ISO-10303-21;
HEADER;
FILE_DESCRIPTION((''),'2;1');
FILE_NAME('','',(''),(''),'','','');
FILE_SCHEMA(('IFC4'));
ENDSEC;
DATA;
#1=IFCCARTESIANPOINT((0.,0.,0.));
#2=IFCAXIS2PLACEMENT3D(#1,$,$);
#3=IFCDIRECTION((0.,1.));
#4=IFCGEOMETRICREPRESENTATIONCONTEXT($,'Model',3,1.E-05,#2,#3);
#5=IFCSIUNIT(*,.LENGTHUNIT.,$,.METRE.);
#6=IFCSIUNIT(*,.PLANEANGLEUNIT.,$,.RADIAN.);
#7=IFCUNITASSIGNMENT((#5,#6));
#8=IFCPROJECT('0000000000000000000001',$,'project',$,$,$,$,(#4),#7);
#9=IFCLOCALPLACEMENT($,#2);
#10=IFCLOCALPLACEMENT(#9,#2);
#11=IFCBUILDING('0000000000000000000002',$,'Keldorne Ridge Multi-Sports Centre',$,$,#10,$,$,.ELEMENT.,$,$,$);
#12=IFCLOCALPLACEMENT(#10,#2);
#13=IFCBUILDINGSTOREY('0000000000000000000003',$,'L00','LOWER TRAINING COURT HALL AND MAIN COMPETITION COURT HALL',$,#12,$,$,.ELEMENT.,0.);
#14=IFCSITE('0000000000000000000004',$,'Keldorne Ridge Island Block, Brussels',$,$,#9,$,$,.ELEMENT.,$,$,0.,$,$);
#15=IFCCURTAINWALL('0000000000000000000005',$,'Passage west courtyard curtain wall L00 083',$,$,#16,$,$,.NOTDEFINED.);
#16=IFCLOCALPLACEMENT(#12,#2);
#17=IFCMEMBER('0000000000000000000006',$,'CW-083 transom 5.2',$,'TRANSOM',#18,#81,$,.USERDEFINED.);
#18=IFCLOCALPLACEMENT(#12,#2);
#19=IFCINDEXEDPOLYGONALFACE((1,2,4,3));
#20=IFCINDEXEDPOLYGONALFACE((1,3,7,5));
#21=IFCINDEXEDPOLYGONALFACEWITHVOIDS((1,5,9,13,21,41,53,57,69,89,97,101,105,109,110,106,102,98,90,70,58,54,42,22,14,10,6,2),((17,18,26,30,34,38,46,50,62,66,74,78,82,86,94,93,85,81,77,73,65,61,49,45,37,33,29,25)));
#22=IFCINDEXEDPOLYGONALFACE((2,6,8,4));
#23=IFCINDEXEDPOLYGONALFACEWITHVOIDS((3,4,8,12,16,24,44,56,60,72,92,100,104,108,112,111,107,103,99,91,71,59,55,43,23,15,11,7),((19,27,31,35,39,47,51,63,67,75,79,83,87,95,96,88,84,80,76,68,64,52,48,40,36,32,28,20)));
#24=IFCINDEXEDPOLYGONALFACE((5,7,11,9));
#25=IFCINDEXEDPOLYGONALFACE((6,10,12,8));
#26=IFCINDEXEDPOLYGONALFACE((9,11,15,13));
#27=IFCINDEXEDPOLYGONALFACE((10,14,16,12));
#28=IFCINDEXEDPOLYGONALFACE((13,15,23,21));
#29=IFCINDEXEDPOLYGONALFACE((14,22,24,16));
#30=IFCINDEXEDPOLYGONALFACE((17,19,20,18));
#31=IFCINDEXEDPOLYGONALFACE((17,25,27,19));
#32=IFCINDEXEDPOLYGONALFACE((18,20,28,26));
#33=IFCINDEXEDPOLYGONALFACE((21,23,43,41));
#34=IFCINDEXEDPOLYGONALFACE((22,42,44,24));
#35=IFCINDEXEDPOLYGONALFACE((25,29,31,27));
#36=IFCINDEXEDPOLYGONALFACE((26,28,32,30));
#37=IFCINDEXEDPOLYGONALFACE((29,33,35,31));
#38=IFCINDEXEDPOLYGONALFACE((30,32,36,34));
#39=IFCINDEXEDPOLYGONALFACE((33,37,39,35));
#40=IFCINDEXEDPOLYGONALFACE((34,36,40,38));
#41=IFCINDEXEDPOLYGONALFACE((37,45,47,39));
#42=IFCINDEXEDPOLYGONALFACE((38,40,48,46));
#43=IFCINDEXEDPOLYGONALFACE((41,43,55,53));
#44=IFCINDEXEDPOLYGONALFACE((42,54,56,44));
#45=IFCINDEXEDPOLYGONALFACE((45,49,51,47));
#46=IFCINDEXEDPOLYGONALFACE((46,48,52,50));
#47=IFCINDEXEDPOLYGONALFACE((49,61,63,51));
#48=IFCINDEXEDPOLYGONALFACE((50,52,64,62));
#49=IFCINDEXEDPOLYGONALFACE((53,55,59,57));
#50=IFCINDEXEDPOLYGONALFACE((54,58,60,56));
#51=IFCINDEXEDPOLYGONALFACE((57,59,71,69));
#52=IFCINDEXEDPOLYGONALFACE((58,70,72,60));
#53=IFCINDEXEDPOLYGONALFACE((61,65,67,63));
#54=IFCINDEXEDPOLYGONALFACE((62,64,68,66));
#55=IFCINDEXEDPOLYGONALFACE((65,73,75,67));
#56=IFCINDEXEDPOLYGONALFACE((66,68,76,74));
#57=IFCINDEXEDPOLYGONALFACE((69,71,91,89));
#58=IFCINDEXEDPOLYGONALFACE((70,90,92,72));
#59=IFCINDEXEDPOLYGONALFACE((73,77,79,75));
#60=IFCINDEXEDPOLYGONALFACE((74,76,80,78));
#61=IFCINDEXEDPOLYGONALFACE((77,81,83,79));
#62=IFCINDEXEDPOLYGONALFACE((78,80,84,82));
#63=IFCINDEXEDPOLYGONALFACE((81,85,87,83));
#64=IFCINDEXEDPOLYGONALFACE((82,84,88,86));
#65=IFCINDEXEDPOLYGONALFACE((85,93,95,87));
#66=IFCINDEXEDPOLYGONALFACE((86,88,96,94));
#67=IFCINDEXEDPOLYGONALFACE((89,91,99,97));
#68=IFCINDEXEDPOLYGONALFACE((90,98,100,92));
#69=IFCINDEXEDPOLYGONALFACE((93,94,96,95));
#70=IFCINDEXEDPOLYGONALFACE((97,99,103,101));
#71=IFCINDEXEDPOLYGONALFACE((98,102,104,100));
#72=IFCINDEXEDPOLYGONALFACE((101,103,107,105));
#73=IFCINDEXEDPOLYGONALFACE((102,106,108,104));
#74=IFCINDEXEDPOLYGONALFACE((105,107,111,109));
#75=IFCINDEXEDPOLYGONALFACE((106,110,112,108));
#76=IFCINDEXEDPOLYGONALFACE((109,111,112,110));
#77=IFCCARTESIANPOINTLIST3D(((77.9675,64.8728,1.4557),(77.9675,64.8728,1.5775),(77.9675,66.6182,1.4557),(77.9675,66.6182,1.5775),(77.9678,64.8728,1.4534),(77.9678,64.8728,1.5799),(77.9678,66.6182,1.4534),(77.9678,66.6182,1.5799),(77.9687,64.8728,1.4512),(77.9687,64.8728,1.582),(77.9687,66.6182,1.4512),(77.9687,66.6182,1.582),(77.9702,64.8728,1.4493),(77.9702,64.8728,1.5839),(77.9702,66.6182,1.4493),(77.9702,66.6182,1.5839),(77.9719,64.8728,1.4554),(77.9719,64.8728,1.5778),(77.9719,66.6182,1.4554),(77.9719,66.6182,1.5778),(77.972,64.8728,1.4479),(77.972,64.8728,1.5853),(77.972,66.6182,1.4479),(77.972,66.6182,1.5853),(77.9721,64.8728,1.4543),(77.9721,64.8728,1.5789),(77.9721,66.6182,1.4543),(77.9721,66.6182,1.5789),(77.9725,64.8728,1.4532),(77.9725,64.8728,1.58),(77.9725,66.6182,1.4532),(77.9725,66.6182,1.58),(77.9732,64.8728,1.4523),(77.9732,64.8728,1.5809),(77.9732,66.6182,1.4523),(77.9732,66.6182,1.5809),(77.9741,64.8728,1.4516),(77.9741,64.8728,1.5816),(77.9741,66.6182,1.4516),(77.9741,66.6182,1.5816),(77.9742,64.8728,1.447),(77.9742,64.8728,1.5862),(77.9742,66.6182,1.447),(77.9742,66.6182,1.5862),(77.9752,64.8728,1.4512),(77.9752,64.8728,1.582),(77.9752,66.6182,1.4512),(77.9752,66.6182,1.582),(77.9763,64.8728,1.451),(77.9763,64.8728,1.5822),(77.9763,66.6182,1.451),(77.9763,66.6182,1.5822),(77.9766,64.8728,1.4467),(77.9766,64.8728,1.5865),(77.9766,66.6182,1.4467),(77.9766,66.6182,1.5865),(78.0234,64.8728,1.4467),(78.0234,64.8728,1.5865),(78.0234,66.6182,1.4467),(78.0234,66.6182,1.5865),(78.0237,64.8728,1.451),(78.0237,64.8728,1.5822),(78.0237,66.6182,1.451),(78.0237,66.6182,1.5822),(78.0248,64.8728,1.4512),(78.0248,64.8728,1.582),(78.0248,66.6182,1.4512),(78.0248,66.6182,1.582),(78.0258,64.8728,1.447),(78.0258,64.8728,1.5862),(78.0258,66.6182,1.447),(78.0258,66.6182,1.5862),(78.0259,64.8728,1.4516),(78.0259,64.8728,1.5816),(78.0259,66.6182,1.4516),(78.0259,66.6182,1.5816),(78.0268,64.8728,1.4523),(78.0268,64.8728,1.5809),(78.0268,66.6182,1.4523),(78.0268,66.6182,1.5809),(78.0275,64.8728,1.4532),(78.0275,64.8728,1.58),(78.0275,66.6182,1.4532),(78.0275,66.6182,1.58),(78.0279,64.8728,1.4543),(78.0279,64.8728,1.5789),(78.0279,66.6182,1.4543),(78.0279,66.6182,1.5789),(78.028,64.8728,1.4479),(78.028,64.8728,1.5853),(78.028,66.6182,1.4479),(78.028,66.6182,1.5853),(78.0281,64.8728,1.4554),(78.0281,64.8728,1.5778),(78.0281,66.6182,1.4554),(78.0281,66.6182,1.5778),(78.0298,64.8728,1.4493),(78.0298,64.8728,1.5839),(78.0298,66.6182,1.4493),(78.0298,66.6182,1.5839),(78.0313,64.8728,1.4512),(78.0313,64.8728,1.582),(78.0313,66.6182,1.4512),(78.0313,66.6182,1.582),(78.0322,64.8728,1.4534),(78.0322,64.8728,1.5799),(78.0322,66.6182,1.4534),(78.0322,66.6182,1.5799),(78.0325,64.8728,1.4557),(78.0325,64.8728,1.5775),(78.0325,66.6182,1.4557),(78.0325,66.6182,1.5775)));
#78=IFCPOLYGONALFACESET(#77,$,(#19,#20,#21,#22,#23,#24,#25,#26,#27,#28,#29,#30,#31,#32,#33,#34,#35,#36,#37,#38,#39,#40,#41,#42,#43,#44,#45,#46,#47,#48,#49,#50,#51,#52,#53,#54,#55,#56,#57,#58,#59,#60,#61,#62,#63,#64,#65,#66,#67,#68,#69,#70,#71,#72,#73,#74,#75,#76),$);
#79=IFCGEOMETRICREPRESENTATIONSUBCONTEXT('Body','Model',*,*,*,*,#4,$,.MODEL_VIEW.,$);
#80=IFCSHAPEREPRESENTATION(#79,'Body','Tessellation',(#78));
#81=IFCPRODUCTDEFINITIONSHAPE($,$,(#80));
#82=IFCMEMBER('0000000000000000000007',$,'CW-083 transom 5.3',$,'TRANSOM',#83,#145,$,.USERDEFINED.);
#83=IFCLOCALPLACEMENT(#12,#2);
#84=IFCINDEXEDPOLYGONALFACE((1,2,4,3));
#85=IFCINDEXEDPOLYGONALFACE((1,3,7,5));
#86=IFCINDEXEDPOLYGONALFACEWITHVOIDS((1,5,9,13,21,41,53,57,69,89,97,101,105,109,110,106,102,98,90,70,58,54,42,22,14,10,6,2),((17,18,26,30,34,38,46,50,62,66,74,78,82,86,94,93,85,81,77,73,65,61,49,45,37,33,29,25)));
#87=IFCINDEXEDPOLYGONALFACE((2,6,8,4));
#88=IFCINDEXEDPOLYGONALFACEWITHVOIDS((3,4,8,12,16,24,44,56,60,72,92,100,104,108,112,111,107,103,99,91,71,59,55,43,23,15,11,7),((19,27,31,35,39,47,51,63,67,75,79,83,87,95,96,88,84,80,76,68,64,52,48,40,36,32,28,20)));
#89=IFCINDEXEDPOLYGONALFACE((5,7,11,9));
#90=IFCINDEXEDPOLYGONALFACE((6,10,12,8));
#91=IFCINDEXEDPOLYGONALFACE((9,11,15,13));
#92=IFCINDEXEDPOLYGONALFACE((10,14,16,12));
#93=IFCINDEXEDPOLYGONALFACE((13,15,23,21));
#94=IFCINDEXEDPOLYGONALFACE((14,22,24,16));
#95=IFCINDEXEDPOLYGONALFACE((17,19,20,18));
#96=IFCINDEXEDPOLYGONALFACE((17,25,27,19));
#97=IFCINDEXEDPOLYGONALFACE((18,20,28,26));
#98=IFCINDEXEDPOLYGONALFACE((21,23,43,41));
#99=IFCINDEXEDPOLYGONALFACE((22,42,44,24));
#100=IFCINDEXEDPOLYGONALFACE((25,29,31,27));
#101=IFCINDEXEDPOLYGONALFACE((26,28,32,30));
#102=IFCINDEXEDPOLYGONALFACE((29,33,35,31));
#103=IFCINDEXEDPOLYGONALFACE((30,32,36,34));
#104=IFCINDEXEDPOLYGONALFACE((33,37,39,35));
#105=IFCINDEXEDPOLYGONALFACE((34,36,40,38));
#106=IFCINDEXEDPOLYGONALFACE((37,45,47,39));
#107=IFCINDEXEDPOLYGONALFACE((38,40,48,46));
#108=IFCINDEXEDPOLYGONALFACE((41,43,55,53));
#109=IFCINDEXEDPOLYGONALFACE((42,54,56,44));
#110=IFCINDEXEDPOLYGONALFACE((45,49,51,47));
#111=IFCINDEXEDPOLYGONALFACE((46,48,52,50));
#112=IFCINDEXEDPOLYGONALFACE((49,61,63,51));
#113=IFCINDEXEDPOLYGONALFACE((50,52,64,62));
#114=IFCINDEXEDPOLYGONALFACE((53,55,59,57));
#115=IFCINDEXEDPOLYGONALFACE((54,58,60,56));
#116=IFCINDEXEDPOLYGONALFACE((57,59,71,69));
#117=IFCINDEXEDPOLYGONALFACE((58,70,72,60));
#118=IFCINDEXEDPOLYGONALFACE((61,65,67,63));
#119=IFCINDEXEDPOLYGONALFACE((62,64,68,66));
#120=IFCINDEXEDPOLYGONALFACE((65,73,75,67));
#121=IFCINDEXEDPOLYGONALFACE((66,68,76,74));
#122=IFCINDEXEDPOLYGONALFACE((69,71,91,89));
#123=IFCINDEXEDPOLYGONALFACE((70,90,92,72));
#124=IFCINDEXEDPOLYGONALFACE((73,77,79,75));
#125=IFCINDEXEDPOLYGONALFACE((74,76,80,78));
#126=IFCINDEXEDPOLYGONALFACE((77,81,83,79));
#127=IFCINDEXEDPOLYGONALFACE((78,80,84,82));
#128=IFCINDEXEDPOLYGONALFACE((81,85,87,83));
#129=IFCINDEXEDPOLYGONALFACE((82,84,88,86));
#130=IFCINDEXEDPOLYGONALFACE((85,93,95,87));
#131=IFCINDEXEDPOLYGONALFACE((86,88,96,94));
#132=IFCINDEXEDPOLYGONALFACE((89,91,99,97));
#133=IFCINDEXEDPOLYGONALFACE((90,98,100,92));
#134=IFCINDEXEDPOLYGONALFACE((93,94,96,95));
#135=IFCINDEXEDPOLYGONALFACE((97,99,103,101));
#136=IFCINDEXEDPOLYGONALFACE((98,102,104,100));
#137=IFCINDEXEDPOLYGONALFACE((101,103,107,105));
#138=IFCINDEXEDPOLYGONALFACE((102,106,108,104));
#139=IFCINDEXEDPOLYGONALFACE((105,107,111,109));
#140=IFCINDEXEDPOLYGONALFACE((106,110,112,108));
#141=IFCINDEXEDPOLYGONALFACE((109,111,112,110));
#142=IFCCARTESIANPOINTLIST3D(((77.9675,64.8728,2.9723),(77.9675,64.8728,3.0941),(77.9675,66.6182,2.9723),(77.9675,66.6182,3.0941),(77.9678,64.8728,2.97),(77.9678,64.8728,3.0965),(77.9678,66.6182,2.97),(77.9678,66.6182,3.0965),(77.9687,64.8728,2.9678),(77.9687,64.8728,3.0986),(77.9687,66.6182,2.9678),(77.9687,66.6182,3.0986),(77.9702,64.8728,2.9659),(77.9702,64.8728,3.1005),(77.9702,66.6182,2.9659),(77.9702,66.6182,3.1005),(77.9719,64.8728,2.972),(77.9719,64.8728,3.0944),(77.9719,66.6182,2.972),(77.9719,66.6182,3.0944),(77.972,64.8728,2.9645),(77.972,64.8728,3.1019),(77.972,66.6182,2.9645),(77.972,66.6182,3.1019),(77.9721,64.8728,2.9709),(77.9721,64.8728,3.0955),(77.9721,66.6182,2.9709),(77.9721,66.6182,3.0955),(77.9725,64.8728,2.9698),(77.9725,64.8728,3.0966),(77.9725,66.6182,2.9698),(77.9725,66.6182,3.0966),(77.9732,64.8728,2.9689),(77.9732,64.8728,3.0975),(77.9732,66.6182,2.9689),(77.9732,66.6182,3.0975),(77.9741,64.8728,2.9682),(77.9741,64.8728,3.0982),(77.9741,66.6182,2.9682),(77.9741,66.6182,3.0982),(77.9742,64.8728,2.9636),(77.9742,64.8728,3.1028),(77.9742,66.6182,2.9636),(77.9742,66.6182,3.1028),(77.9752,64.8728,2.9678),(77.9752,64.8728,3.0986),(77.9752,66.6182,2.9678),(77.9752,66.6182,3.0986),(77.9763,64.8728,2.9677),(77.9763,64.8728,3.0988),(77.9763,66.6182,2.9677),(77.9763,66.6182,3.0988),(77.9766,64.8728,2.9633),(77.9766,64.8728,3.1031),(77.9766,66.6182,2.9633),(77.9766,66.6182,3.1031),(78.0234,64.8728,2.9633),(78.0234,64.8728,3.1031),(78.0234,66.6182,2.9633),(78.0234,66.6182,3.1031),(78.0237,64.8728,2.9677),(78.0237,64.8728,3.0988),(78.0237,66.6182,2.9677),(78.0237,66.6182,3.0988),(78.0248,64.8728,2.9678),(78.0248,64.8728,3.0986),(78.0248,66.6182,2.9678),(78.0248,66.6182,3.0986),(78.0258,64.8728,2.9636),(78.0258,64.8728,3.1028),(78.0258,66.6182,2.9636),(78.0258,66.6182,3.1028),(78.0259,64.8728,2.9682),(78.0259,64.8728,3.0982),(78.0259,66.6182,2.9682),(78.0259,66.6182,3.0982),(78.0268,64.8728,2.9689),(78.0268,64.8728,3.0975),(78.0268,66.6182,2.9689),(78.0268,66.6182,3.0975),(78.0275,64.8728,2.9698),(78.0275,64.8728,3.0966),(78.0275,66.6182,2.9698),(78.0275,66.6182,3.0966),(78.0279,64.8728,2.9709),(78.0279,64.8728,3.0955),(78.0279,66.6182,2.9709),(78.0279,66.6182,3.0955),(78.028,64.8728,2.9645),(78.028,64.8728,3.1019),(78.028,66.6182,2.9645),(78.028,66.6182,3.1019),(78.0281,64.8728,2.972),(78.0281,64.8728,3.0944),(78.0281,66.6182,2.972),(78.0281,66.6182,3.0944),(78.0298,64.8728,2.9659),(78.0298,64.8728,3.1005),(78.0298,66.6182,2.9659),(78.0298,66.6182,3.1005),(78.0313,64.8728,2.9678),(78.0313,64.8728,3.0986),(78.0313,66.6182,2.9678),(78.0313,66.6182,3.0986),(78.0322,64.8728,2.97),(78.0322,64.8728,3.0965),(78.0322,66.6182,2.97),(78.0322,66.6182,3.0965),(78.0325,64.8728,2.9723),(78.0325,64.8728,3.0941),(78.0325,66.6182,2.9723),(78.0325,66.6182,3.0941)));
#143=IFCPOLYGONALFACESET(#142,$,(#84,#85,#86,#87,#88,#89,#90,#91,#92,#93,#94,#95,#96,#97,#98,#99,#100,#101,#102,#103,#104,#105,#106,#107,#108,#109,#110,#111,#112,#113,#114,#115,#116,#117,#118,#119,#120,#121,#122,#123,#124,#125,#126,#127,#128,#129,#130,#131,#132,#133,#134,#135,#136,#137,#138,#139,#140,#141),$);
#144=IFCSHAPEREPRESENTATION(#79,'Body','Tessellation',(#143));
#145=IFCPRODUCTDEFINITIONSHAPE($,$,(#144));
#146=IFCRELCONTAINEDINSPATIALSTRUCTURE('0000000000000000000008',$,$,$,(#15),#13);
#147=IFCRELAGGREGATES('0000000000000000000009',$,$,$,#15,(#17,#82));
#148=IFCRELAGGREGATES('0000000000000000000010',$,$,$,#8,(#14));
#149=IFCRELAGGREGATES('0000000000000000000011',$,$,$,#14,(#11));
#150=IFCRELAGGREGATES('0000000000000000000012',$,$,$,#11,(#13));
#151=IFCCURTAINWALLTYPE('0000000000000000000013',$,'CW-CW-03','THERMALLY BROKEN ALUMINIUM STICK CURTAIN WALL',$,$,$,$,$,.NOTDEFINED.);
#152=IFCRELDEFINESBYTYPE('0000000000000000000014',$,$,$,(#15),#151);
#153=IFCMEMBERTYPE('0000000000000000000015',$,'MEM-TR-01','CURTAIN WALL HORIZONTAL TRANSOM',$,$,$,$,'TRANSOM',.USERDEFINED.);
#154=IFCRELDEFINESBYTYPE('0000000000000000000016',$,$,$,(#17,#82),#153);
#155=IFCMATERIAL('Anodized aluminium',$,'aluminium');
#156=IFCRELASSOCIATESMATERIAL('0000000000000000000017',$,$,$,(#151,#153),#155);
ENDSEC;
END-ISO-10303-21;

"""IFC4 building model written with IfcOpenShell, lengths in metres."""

from ifc_helpers import new_model, si_unit, direction, frame, origin, origin_2d, place, context, subcontext, project, spatial, hollow_rectangle, extrude, material, material_profile, profile_set, type_object, element, aggregate, save


model = new_model("IFC4")

# Units and contexts
model_context = context("Model", 3, precision=1e-05, world=origin(), true_north=direction((0.0, 1.0)))
body_context = subcontext(model_context, "Body", "Model", "MODEL_VIEW")
ifc_project = project(units=[si_unit("LENGTHUNIT", "METRE"), si_unit("PLANEANGLEUNIT", "RADIAN")], contexts=[model_context])

# Site, building, storey
site_placement = place(None, origin())
site = spatial("IfcSite", under=ifc_project, at=site_placement, Name="Keldorne Ridge Island Block, Brussels", CompositionType="ELEMENT", RefElevation=0.0)
building_placement = place(site_placement, origin())
building = spatial("IfcBuilding", under=site, at=building_placement, Name="Keldorne Ridge Multi-Sports Centre", CompositionType="ELEMENT")
storey_placement = place(building_placement, origin())
storey = spatial("IfcBuildingStorey", under=building, at=storey_placement, Name="L00", Description="LOWER TRAINING COURT HALL AND MAIN COMPETITION COURT HALL", CompositionType="ELEMENT", Elevation=0.0)

# Curtain wall, members
ifc_material_1 = material(Name="Anodized aluminium", Category="aluminium")
curtain_wall_type = type_object("IfcCurtainWallType", Name="CW-CW-03", Description="THERMALLY BROKEN ALUMINIUM STICK CURTAIN WALL", PredefinedType="NOTDEFINED", material=ifc_material_1)
curtain_wall_placement = place(storey_placement, origin())
curtain_wall = element("IfcCurtainWall", 1, at=curtain_wall_placement, inside=storey, type_object=curtain_wall_type, Name="Passage west courtyard curtain wall L00 083", PredefinedType="NOTDEFINED")
ifc_material_profile_1 = material_profile(ifc_material_1, hollow_rectangle(XDim=0.0649, YDim=0.1399, WallThickness=0.0044, InnerFilletRadius=0.0044, OuterFilletRadius=0.009, at=origin_2d()), Name="ALU TRANSOM 140x65x4.5")
ifc_profile_set_1 = profile_set([ifc_material_profile_1], Name="Anodized aluminium")
member_type_1 = type_object("IfcMemberType", Name="MEM-TR-01", Description="CURTAIN WALL HORIZONTAL TRANSOM", ElementType="TRANSOM", PredefinedType="USERDEFINED", material=ifc_profile_set_1)
member_1_placement = place(storey_placement, frame((78.0, 66.6182, 1.5166), z_axis=(0.0, -1.0, 0.0), x_axis=(1.0, 0.0, 0.0)))
member_1 = element("IfcMember", 2, at=member_1_placement, type_object=member_type_1, Name="CW-083 transom 5.2", ObjectType="TRANSOM", PredefinedType="USERDEFINED", context=body_context, shape_type="SweptSolid", body=[
    extrude(hollow_rectangle(XDim=0.0649, YDim=0.1399, WallThickness=0.0044, InnerFilletRadius=0.0044, OuterFilletRadius=0.009, at=origin_2d()), origin(), (0.0, 0.0, 1.0), 1.7454),
])
member_2_placement = place(storey_placement, frame((78.0, 66.6182, 3.0332), z_axis=(0.0, -1.0, 0.0), x_axis=(1.0, 0.0, 0.0)))
member_2 = element("IfcMember", 3, at=member_2_placement, type_object=member_type_1, Name="CW-083 transom 5.3", ObjectType="TRANSOM", PredefinedType="USERDEFINED", context=body_context, shape_type="SweptSolid", body=[
    extrude(hollow_rectangle(XDim=0.0649, YDim=0.1399, WallThickness=0.0044, InnerFilletRadius=0.0044, OuterFilletRadius=0.009, at=origin_2d()), origin(), (0.0, 0.0, 1.0), 1.7454),
])
aggregate(curtain_wall, [member_1, member_2])

save(model, "model.ifc")
